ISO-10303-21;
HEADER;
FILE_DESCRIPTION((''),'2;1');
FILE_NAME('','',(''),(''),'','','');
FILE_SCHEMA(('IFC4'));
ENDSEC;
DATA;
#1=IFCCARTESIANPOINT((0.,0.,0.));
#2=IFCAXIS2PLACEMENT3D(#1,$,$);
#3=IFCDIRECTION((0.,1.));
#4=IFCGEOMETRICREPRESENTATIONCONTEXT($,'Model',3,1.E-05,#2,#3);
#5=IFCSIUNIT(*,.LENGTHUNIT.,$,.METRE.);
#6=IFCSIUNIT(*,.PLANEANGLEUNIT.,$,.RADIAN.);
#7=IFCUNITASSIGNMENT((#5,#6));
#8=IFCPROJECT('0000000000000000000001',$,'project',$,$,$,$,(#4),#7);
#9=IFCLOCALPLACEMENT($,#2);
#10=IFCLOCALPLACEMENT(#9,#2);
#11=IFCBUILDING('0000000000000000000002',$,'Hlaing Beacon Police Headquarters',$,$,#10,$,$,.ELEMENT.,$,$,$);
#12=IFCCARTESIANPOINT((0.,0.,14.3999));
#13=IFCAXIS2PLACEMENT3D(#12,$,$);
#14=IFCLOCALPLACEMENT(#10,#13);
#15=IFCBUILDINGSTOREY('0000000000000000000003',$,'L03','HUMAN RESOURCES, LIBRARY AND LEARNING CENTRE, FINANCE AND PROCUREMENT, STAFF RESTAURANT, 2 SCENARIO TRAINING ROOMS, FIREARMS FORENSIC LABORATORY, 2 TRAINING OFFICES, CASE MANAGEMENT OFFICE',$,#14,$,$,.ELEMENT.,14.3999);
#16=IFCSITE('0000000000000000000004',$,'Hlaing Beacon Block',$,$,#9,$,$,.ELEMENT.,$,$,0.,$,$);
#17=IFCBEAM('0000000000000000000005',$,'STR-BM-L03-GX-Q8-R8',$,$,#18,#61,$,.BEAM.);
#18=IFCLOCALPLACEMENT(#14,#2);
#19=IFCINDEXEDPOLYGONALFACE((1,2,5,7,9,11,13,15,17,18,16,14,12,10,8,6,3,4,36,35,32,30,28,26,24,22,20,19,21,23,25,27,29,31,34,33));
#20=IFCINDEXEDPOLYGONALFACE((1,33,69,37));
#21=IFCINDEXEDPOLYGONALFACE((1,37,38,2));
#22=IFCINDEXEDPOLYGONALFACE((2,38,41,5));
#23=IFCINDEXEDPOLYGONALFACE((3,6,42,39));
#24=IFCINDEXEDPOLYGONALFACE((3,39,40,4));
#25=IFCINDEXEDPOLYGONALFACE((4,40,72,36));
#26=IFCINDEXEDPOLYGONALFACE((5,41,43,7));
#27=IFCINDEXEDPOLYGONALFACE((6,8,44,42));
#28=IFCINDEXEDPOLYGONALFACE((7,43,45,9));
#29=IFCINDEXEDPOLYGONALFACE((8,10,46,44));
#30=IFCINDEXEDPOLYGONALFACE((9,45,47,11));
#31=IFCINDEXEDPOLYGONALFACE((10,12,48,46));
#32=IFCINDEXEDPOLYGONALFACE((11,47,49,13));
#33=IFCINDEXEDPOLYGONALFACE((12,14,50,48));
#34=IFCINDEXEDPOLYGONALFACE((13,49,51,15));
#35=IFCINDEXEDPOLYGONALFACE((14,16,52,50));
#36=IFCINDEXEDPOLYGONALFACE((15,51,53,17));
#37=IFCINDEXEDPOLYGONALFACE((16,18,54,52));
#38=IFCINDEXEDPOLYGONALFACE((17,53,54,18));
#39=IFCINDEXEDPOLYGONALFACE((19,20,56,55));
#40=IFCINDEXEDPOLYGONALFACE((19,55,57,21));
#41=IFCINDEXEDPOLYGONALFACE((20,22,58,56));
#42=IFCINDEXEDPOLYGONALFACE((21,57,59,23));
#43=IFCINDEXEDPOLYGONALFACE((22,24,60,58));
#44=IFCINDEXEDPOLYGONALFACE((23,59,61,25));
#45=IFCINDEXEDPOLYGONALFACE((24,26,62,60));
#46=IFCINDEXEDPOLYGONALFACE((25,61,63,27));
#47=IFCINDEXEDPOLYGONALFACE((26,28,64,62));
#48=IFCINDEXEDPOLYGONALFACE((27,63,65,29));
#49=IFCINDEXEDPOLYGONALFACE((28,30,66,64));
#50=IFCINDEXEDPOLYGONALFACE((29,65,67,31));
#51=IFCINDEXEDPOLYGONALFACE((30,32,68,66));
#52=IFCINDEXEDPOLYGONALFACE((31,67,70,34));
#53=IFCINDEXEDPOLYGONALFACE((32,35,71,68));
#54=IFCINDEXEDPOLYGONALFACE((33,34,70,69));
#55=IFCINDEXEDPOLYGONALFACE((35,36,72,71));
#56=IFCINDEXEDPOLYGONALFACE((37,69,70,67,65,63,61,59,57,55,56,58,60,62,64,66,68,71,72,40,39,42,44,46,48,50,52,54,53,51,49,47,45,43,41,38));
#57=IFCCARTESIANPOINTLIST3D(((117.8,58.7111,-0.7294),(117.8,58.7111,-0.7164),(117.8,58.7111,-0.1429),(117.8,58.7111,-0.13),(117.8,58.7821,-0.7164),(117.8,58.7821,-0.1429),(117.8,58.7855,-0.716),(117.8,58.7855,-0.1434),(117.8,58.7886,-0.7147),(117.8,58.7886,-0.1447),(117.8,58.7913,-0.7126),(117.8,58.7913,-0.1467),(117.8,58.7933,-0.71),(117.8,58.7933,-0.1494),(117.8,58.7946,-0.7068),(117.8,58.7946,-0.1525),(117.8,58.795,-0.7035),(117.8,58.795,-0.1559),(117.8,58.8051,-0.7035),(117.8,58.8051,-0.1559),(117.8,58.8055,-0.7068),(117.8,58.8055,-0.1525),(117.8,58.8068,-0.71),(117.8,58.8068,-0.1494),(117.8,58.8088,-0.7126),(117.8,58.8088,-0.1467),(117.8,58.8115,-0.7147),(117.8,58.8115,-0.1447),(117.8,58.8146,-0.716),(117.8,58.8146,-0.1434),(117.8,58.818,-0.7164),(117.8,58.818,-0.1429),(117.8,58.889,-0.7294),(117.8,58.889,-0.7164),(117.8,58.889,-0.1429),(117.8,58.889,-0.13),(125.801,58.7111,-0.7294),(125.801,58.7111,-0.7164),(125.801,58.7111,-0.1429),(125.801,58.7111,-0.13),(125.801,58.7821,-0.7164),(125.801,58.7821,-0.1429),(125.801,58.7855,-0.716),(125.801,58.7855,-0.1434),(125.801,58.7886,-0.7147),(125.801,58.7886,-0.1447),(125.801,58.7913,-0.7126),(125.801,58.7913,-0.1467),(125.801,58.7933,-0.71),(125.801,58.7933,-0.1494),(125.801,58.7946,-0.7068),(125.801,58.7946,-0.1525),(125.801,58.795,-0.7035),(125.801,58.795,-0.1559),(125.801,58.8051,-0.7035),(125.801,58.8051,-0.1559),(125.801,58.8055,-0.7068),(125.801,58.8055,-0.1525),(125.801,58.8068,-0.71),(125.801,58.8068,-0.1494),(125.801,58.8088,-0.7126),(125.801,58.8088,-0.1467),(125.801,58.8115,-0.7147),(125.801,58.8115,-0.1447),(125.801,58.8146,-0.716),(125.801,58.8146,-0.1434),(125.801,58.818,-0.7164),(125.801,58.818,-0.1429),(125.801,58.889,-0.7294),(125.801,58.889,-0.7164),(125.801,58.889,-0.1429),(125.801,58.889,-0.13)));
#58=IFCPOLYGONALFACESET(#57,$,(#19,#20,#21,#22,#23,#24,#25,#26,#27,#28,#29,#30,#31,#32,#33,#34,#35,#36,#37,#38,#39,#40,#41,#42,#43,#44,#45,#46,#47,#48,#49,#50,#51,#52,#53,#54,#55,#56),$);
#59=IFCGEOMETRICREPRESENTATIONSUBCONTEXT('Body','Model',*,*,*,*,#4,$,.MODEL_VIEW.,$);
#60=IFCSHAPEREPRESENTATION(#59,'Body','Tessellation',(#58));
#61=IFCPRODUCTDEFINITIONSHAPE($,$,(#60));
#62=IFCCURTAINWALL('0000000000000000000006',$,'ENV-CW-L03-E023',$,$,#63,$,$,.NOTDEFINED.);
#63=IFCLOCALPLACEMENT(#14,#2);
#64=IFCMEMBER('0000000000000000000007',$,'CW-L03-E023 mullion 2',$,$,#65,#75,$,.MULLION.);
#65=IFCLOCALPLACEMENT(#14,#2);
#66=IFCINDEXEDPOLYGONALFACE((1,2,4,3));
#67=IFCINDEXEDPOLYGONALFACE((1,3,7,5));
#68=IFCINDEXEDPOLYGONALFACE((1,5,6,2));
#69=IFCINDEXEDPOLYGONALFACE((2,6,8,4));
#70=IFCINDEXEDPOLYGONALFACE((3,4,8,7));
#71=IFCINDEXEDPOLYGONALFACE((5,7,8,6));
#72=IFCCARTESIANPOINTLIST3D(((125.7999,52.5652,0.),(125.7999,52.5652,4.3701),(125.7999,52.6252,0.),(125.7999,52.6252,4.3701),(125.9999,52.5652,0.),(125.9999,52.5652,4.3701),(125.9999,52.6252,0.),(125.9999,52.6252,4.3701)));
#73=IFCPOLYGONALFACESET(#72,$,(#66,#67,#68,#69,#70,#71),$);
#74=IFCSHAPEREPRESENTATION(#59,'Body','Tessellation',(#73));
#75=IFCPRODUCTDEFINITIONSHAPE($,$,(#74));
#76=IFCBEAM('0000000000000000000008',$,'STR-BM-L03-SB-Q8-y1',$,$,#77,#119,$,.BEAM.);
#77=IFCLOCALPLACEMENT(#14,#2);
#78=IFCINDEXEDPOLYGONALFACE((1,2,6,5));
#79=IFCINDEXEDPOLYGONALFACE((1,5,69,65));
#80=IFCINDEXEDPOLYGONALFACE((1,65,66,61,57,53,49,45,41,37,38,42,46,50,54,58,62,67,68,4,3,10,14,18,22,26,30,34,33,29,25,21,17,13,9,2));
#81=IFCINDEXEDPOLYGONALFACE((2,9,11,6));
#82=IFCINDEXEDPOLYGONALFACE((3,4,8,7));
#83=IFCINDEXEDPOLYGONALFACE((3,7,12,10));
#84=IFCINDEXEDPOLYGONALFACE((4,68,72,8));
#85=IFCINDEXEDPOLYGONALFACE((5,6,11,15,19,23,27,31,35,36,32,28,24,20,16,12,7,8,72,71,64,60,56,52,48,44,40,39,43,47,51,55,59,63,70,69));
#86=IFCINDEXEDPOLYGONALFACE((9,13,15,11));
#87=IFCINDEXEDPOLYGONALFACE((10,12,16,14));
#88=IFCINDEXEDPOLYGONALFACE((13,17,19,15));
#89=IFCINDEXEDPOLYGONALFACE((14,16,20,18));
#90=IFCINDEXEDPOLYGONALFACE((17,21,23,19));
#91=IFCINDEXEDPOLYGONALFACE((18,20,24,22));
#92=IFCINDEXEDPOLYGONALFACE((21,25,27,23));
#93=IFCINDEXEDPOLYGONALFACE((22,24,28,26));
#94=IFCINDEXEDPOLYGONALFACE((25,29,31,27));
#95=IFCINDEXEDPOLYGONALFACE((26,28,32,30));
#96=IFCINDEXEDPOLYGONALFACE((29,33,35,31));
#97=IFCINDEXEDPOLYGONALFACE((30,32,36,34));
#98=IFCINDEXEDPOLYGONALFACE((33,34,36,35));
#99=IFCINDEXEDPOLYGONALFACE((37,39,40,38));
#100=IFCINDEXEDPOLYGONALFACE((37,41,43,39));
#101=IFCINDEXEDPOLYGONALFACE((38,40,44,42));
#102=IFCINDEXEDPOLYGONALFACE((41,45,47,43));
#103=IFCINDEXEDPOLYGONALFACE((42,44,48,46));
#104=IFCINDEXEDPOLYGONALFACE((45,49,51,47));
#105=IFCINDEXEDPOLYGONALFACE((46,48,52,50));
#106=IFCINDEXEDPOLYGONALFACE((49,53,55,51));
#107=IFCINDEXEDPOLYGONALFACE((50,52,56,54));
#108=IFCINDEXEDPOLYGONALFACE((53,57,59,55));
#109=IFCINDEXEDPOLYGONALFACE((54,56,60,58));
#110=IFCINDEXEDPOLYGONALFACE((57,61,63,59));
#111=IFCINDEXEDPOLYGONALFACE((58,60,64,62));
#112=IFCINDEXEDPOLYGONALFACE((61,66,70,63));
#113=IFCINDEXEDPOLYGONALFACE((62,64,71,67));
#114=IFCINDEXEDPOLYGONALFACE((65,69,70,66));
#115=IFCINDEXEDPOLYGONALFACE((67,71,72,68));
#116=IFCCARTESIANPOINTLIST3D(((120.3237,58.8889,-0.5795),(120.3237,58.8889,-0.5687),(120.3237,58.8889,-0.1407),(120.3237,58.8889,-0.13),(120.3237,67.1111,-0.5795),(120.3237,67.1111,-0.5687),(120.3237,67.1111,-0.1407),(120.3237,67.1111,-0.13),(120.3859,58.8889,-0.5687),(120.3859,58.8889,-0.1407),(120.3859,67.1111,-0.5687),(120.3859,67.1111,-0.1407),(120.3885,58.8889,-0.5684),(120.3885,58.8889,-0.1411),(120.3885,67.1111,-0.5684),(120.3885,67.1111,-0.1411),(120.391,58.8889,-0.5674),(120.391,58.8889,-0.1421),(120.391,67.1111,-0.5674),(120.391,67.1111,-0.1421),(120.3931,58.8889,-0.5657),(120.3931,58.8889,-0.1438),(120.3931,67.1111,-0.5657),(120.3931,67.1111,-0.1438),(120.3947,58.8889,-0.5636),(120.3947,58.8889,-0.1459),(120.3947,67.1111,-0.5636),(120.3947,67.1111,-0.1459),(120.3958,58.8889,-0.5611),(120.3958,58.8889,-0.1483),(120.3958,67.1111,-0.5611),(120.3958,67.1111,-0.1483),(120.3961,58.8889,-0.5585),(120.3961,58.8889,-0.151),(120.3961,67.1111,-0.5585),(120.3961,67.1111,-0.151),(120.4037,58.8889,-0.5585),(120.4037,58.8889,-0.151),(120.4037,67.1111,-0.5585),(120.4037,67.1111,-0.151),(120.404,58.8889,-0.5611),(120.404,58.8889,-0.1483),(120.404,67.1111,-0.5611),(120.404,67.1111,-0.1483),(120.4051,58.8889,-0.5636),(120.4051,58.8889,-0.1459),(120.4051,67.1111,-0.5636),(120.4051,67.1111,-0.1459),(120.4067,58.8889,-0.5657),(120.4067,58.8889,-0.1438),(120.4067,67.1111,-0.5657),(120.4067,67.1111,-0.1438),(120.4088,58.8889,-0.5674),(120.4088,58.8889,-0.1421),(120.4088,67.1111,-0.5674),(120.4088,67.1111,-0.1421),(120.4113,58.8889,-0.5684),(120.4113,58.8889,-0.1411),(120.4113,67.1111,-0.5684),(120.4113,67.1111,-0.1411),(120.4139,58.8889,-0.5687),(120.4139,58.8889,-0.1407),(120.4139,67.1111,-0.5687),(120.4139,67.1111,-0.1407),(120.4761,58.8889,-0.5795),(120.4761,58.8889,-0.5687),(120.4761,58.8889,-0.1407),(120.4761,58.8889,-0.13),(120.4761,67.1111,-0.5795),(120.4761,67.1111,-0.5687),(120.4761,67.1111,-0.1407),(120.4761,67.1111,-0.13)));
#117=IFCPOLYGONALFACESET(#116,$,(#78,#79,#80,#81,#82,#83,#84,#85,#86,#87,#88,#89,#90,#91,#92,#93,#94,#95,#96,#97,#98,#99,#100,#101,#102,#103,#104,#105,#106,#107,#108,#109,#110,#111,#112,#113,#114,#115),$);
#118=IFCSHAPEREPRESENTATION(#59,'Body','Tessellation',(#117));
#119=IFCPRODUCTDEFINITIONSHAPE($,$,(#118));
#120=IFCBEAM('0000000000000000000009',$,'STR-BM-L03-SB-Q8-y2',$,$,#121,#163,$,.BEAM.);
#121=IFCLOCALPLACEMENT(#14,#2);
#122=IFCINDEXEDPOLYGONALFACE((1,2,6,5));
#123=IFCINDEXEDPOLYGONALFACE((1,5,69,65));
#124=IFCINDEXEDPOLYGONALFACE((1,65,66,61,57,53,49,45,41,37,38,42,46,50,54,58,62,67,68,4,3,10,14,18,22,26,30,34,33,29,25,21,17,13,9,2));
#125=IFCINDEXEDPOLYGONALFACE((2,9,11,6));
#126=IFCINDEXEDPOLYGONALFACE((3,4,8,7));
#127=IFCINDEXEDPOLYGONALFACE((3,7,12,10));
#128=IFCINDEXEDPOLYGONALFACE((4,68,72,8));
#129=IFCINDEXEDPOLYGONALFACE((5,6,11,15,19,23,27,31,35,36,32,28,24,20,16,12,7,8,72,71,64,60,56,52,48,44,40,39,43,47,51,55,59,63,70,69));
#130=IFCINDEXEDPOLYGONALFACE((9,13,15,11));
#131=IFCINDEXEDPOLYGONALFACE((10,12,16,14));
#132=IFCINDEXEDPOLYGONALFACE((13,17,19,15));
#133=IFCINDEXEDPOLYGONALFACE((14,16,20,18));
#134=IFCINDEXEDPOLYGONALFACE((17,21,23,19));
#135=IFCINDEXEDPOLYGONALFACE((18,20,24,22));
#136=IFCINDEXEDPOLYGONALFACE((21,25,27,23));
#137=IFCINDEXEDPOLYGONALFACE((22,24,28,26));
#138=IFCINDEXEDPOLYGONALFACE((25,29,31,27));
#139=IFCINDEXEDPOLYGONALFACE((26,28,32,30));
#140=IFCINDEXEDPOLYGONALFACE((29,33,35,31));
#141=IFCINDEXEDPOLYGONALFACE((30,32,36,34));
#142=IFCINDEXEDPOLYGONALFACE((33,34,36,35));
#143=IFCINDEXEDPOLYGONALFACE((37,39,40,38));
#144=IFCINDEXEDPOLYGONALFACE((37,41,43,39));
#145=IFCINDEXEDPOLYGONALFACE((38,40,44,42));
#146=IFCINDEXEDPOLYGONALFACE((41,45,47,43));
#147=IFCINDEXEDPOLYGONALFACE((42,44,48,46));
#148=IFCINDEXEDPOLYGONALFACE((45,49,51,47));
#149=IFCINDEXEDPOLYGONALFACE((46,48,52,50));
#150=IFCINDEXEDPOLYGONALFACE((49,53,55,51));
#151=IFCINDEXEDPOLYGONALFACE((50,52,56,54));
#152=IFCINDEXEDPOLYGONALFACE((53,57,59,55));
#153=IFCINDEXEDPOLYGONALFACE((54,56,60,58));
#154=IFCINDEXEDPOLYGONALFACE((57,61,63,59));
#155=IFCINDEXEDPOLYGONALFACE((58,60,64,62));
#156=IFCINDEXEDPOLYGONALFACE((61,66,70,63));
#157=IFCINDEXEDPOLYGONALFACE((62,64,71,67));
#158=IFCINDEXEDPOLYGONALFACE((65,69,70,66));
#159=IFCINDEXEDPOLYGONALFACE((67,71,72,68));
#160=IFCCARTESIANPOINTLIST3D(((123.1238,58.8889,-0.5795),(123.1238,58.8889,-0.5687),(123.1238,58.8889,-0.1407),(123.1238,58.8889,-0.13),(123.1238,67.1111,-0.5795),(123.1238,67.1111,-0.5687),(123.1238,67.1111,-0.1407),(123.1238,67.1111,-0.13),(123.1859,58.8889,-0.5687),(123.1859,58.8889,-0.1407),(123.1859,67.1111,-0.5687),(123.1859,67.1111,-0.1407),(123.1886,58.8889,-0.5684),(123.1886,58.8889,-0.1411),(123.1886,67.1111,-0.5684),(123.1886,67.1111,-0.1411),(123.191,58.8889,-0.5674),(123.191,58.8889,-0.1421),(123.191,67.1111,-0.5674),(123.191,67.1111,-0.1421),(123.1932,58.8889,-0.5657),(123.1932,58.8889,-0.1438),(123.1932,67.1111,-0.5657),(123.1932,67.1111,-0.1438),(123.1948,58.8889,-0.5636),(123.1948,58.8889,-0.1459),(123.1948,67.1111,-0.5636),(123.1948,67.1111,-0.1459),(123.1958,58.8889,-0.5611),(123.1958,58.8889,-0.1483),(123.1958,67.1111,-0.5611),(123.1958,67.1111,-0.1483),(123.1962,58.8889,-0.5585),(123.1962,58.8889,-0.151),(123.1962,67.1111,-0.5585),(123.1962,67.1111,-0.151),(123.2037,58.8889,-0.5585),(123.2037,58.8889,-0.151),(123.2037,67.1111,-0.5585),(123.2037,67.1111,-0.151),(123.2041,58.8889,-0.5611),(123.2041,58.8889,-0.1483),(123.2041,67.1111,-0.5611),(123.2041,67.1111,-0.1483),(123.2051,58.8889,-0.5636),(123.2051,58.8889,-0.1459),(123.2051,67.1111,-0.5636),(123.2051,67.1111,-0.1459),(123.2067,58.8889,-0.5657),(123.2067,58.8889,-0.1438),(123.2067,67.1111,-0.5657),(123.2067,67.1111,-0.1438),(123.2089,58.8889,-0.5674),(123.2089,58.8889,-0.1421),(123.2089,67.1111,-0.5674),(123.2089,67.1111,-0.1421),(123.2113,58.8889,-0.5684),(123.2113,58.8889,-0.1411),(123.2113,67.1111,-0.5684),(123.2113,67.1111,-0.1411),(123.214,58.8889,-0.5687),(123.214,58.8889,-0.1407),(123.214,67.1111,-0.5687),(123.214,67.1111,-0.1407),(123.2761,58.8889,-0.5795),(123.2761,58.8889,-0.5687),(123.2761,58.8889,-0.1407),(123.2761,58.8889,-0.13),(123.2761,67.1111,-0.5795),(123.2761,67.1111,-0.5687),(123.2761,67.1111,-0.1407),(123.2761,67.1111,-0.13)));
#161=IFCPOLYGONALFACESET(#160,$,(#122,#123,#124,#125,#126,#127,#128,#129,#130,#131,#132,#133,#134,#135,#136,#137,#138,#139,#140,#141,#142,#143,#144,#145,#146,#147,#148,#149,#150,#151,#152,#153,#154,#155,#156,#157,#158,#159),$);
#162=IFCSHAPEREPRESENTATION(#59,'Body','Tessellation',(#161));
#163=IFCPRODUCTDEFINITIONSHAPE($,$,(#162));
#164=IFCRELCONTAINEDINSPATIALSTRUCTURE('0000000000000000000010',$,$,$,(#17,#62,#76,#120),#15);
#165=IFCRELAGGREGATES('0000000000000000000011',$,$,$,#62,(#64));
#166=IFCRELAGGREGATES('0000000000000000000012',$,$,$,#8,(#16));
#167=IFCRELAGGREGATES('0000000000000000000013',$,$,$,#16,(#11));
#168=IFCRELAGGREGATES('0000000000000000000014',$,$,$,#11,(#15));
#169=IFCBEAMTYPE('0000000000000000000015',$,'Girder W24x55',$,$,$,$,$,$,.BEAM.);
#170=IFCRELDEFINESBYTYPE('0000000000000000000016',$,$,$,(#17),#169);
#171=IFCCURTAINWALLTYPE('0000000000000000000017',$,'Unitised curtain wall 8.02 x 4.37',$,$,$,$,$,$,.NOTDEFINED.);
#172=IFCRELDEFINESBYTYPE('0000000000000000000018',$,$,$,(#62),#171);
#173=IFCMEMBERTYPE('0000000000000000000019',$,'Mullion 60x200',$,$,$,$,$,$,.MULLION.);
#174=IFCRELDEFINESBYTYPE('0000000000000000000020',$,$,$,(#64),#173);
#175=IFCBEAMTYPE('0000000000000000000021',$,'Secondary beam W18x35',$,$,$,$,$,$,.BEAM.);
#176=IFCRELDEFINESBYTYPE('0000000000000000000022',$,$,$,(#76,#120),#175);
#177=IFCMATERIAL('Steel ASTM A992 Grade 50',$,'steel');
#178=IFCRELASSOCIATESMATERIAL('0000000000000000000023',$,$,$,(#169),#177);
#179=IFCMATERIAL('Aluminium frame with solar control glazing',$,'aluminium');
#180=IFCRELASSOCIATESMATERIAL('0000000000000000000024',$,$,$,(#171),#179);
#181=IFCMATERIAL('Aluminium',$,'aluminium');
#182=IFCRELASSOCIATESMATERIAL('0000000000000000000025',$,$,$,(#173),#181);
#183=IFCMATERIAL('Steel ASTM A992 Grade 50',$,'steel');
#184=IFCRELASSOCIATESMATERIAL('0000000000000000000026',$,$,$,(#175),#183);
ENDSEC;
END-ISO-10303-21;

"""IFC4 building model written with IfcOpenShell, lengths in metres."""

from ifc_helpers import new_model, si_unit, direction, frame, origin, origin_2d, place, context, subcontext, project, spatial, rectangle, i_section, extrude, material, material_profile, profile_set, type_object, element, aggregate, save


model = new_model("IFC4")

# Units and contexts
model_context = context("Model", 3, precision=1e-05, world=origin(), true_north=direction((0.0, 1.0)))
body_context = subcontext(model_context, "Body", "Model", "MODEL_VIEW")
ifc_project = project(units=[si_unit("LENGTHUNIT", "METRE"), si_unit("PLANEANGLEUNIT", "RADIAN")], contexts=[model_context])

# Site, building, storey
site_placement = place(None, origin())
site = spatial("IfcSite", under=ifc_project, at=site_placement, Name="Hlaing Beacon Block", CompositionType="ELEMENT", RefElevation=0.0)
building_placement = place(site_placement, origin())
building = spatial("IfcBuilding", under=site, at=building_placement, Name="Hlaing Beacon Police Headquarters", CompositionType="ELEMENT")
storey_placement = place(building_placement, frame((0.0, 0.0, 14.3999)))
storey = spatial("IfcBuildingStorey", under=building, at=storey_placement, Name="L03", Description="HUMAN RESOURCES, LIBRARY AND LEARNING CENTRE, FINANCE AND PROCUREMENT, STAFF RESTAURANT, 2 SCENARIO TRAINING ROOMS, FIREARMS FORENSIC LABORATORY, 2 TRAINING OFFICES, CASE MANAGEMENT OFFICE", CompositionType="ELEMENT", Elevation=14.3999)

# Beam
ifc_material_1 = material(Name="Steel ASTM A992 Grade 50", Category="steel")
ifc_material_profile_1 = material_profile(ifc_material_1, i_section(OverallWidth=0.178, OverallDepth=0.5994, WebThickness=0.01, FlangeThickness=0.0129, FilletRadius=0.0129, at=origin_2d()), Name="W24x55")
ifc_profile_set_1 = profile_set([ifc_material_profile_1], Name="Steel ASTM A992 Grade 50")
beam_type_1 = type_object("IfcBeamType", Name="Girder W24x55", PredefinedType="BEAM", material=ifc_profile_set_1)
beam_placement = place(storey_placement, frame((117.8, 58.8, -0.4297), z_axis=(1.0, 0.0, 0.0), x_axis=(0.0, 1.0, 0.0)))
element("IfcBeam", 1, at=beam_placement, inside=storey, type_object=beam_type_1, Name="STR-BM-L03-GX-Q8-R8", PredefinedType="BEAM", context=body_context, shape_type="SweptSolid", body=[
    extrude(i_section(OverallWidth=0.178, OverallDepth=0.5994, WebThickness=0.01, FlangeThickness=0.0129, FilletRadius=0.0129, at=origin_2d()), origin(), (0.0, 0.0, 1.0), 8.001),
])

# Curtain wall, member
ifc_material_2 = material(Name="Aluminium frame with solar control glazing", Category="aluminium")
curtain_wall_type = type_object("IfcCurtainWallType", Name="Unitised curtain wall 8.02 x 4.37", PredefinedType="NOTDEFINED", material=ifc_material_2)
curtain_wall_placement = place(storey_placement, origin())
curtain_wall = element("IfcCurtainWall", 2, at=curtain_wall_placement, inside=storey, type_object=curtain_wall_type, Name="ENV-CW-L03-E023", PredefinedType="NOTDEFINED")
ifc_material_3 = material(Name="Aluminium", Category="aluminium")
ifc_material_profile_2 = material_profile(ifc_material_3, rectangle(XDim=0.2, YDim=0.0601, at=origin_2d()), Name="Mullion 60x200")
ifc_profile_set_2 = profile_set([ifc_material_profile_2], Name="Aluminium")
member_type = type_object("IfcMemberType", Name="Mullion 60x200", PredefinedType="MULLION", material=ifc_profile_set_2)
member_placement = place(storey_placement, frame((125.8999, 52.5952, 0.0), z_axis=(0.0, 0.0, 1.0), x_axis=(-1.0, 0.0, 0.0)))
member = element("IfcMember", 3, at=member_placement, type_object=member_type, Name="CW-L03-E023 mullion 2", PredefinedType="MULLION", context=body_context, shape_type="SweptSolid", body=[
    extrude(rectangle(XDim=0.2, YDim=0.0601, at=origin_2d()), origin(), (0.0, 0.0, 1.0), 4.3701),
])
aggregate(curtain_wall, [member])

# Beams
ifc_material_4 = material(Name="Steel ASTM A992 Grade 50", Category="steel")
ifc_material_profile_3 = material_profile(ifc_material_4, i_section(OverallWidth=0.1523, OverallDepth=0.4495, WebThickness=0.0076, FlangeThickness=0.0107, FilletRadius=0.0103, at=origin_2d()), Name="W18x35")
ifc_profile_set_3 = profile_set([ifc_material_profile_3], Name="Steel ASTM A992 Grade 50")
beam_type_2 = type_object("IfcBeamType", Name="Secondary beam W18x35", PredefinedType="BEAM", material=ifc_profile_set_3)
for number, where, z_axis, x_axis, name in (
    (4, (120.3999, 58.8889, -0.3547), (0.0, 1.0, 0.0), (-1.0, 0.0, 0.0), "STR-BM-L03-SB-Q8-y1"),
    (5, (123.2, 58.8889, -0.3547), (0.0, 1.0, 0.0), (-1.0, 0.0, 0.0), "STR-BM-L03-SB-Q8-y2"),
):
    element("IfcBeam", number, at=place(storey_placement, frame(where, z_axis=z_axis, x_axis=x_axis)), inside=storey, type_object=beam_type_2, Name=name, PredefinedType="BEAM", context=body_context, shape_type="SweptSolid", body=[
        extrude(i_section(OverallWidth=0.1523, OverallDepth=0.4495, WebThickness=0.0076, FlangeThickness=0.0107, FilletRadius=0.0103, at=origin_2d()), origin(), (0.0, 0.0, 1.0), 8.2222),
    ])

save(model, "model.ifc")
